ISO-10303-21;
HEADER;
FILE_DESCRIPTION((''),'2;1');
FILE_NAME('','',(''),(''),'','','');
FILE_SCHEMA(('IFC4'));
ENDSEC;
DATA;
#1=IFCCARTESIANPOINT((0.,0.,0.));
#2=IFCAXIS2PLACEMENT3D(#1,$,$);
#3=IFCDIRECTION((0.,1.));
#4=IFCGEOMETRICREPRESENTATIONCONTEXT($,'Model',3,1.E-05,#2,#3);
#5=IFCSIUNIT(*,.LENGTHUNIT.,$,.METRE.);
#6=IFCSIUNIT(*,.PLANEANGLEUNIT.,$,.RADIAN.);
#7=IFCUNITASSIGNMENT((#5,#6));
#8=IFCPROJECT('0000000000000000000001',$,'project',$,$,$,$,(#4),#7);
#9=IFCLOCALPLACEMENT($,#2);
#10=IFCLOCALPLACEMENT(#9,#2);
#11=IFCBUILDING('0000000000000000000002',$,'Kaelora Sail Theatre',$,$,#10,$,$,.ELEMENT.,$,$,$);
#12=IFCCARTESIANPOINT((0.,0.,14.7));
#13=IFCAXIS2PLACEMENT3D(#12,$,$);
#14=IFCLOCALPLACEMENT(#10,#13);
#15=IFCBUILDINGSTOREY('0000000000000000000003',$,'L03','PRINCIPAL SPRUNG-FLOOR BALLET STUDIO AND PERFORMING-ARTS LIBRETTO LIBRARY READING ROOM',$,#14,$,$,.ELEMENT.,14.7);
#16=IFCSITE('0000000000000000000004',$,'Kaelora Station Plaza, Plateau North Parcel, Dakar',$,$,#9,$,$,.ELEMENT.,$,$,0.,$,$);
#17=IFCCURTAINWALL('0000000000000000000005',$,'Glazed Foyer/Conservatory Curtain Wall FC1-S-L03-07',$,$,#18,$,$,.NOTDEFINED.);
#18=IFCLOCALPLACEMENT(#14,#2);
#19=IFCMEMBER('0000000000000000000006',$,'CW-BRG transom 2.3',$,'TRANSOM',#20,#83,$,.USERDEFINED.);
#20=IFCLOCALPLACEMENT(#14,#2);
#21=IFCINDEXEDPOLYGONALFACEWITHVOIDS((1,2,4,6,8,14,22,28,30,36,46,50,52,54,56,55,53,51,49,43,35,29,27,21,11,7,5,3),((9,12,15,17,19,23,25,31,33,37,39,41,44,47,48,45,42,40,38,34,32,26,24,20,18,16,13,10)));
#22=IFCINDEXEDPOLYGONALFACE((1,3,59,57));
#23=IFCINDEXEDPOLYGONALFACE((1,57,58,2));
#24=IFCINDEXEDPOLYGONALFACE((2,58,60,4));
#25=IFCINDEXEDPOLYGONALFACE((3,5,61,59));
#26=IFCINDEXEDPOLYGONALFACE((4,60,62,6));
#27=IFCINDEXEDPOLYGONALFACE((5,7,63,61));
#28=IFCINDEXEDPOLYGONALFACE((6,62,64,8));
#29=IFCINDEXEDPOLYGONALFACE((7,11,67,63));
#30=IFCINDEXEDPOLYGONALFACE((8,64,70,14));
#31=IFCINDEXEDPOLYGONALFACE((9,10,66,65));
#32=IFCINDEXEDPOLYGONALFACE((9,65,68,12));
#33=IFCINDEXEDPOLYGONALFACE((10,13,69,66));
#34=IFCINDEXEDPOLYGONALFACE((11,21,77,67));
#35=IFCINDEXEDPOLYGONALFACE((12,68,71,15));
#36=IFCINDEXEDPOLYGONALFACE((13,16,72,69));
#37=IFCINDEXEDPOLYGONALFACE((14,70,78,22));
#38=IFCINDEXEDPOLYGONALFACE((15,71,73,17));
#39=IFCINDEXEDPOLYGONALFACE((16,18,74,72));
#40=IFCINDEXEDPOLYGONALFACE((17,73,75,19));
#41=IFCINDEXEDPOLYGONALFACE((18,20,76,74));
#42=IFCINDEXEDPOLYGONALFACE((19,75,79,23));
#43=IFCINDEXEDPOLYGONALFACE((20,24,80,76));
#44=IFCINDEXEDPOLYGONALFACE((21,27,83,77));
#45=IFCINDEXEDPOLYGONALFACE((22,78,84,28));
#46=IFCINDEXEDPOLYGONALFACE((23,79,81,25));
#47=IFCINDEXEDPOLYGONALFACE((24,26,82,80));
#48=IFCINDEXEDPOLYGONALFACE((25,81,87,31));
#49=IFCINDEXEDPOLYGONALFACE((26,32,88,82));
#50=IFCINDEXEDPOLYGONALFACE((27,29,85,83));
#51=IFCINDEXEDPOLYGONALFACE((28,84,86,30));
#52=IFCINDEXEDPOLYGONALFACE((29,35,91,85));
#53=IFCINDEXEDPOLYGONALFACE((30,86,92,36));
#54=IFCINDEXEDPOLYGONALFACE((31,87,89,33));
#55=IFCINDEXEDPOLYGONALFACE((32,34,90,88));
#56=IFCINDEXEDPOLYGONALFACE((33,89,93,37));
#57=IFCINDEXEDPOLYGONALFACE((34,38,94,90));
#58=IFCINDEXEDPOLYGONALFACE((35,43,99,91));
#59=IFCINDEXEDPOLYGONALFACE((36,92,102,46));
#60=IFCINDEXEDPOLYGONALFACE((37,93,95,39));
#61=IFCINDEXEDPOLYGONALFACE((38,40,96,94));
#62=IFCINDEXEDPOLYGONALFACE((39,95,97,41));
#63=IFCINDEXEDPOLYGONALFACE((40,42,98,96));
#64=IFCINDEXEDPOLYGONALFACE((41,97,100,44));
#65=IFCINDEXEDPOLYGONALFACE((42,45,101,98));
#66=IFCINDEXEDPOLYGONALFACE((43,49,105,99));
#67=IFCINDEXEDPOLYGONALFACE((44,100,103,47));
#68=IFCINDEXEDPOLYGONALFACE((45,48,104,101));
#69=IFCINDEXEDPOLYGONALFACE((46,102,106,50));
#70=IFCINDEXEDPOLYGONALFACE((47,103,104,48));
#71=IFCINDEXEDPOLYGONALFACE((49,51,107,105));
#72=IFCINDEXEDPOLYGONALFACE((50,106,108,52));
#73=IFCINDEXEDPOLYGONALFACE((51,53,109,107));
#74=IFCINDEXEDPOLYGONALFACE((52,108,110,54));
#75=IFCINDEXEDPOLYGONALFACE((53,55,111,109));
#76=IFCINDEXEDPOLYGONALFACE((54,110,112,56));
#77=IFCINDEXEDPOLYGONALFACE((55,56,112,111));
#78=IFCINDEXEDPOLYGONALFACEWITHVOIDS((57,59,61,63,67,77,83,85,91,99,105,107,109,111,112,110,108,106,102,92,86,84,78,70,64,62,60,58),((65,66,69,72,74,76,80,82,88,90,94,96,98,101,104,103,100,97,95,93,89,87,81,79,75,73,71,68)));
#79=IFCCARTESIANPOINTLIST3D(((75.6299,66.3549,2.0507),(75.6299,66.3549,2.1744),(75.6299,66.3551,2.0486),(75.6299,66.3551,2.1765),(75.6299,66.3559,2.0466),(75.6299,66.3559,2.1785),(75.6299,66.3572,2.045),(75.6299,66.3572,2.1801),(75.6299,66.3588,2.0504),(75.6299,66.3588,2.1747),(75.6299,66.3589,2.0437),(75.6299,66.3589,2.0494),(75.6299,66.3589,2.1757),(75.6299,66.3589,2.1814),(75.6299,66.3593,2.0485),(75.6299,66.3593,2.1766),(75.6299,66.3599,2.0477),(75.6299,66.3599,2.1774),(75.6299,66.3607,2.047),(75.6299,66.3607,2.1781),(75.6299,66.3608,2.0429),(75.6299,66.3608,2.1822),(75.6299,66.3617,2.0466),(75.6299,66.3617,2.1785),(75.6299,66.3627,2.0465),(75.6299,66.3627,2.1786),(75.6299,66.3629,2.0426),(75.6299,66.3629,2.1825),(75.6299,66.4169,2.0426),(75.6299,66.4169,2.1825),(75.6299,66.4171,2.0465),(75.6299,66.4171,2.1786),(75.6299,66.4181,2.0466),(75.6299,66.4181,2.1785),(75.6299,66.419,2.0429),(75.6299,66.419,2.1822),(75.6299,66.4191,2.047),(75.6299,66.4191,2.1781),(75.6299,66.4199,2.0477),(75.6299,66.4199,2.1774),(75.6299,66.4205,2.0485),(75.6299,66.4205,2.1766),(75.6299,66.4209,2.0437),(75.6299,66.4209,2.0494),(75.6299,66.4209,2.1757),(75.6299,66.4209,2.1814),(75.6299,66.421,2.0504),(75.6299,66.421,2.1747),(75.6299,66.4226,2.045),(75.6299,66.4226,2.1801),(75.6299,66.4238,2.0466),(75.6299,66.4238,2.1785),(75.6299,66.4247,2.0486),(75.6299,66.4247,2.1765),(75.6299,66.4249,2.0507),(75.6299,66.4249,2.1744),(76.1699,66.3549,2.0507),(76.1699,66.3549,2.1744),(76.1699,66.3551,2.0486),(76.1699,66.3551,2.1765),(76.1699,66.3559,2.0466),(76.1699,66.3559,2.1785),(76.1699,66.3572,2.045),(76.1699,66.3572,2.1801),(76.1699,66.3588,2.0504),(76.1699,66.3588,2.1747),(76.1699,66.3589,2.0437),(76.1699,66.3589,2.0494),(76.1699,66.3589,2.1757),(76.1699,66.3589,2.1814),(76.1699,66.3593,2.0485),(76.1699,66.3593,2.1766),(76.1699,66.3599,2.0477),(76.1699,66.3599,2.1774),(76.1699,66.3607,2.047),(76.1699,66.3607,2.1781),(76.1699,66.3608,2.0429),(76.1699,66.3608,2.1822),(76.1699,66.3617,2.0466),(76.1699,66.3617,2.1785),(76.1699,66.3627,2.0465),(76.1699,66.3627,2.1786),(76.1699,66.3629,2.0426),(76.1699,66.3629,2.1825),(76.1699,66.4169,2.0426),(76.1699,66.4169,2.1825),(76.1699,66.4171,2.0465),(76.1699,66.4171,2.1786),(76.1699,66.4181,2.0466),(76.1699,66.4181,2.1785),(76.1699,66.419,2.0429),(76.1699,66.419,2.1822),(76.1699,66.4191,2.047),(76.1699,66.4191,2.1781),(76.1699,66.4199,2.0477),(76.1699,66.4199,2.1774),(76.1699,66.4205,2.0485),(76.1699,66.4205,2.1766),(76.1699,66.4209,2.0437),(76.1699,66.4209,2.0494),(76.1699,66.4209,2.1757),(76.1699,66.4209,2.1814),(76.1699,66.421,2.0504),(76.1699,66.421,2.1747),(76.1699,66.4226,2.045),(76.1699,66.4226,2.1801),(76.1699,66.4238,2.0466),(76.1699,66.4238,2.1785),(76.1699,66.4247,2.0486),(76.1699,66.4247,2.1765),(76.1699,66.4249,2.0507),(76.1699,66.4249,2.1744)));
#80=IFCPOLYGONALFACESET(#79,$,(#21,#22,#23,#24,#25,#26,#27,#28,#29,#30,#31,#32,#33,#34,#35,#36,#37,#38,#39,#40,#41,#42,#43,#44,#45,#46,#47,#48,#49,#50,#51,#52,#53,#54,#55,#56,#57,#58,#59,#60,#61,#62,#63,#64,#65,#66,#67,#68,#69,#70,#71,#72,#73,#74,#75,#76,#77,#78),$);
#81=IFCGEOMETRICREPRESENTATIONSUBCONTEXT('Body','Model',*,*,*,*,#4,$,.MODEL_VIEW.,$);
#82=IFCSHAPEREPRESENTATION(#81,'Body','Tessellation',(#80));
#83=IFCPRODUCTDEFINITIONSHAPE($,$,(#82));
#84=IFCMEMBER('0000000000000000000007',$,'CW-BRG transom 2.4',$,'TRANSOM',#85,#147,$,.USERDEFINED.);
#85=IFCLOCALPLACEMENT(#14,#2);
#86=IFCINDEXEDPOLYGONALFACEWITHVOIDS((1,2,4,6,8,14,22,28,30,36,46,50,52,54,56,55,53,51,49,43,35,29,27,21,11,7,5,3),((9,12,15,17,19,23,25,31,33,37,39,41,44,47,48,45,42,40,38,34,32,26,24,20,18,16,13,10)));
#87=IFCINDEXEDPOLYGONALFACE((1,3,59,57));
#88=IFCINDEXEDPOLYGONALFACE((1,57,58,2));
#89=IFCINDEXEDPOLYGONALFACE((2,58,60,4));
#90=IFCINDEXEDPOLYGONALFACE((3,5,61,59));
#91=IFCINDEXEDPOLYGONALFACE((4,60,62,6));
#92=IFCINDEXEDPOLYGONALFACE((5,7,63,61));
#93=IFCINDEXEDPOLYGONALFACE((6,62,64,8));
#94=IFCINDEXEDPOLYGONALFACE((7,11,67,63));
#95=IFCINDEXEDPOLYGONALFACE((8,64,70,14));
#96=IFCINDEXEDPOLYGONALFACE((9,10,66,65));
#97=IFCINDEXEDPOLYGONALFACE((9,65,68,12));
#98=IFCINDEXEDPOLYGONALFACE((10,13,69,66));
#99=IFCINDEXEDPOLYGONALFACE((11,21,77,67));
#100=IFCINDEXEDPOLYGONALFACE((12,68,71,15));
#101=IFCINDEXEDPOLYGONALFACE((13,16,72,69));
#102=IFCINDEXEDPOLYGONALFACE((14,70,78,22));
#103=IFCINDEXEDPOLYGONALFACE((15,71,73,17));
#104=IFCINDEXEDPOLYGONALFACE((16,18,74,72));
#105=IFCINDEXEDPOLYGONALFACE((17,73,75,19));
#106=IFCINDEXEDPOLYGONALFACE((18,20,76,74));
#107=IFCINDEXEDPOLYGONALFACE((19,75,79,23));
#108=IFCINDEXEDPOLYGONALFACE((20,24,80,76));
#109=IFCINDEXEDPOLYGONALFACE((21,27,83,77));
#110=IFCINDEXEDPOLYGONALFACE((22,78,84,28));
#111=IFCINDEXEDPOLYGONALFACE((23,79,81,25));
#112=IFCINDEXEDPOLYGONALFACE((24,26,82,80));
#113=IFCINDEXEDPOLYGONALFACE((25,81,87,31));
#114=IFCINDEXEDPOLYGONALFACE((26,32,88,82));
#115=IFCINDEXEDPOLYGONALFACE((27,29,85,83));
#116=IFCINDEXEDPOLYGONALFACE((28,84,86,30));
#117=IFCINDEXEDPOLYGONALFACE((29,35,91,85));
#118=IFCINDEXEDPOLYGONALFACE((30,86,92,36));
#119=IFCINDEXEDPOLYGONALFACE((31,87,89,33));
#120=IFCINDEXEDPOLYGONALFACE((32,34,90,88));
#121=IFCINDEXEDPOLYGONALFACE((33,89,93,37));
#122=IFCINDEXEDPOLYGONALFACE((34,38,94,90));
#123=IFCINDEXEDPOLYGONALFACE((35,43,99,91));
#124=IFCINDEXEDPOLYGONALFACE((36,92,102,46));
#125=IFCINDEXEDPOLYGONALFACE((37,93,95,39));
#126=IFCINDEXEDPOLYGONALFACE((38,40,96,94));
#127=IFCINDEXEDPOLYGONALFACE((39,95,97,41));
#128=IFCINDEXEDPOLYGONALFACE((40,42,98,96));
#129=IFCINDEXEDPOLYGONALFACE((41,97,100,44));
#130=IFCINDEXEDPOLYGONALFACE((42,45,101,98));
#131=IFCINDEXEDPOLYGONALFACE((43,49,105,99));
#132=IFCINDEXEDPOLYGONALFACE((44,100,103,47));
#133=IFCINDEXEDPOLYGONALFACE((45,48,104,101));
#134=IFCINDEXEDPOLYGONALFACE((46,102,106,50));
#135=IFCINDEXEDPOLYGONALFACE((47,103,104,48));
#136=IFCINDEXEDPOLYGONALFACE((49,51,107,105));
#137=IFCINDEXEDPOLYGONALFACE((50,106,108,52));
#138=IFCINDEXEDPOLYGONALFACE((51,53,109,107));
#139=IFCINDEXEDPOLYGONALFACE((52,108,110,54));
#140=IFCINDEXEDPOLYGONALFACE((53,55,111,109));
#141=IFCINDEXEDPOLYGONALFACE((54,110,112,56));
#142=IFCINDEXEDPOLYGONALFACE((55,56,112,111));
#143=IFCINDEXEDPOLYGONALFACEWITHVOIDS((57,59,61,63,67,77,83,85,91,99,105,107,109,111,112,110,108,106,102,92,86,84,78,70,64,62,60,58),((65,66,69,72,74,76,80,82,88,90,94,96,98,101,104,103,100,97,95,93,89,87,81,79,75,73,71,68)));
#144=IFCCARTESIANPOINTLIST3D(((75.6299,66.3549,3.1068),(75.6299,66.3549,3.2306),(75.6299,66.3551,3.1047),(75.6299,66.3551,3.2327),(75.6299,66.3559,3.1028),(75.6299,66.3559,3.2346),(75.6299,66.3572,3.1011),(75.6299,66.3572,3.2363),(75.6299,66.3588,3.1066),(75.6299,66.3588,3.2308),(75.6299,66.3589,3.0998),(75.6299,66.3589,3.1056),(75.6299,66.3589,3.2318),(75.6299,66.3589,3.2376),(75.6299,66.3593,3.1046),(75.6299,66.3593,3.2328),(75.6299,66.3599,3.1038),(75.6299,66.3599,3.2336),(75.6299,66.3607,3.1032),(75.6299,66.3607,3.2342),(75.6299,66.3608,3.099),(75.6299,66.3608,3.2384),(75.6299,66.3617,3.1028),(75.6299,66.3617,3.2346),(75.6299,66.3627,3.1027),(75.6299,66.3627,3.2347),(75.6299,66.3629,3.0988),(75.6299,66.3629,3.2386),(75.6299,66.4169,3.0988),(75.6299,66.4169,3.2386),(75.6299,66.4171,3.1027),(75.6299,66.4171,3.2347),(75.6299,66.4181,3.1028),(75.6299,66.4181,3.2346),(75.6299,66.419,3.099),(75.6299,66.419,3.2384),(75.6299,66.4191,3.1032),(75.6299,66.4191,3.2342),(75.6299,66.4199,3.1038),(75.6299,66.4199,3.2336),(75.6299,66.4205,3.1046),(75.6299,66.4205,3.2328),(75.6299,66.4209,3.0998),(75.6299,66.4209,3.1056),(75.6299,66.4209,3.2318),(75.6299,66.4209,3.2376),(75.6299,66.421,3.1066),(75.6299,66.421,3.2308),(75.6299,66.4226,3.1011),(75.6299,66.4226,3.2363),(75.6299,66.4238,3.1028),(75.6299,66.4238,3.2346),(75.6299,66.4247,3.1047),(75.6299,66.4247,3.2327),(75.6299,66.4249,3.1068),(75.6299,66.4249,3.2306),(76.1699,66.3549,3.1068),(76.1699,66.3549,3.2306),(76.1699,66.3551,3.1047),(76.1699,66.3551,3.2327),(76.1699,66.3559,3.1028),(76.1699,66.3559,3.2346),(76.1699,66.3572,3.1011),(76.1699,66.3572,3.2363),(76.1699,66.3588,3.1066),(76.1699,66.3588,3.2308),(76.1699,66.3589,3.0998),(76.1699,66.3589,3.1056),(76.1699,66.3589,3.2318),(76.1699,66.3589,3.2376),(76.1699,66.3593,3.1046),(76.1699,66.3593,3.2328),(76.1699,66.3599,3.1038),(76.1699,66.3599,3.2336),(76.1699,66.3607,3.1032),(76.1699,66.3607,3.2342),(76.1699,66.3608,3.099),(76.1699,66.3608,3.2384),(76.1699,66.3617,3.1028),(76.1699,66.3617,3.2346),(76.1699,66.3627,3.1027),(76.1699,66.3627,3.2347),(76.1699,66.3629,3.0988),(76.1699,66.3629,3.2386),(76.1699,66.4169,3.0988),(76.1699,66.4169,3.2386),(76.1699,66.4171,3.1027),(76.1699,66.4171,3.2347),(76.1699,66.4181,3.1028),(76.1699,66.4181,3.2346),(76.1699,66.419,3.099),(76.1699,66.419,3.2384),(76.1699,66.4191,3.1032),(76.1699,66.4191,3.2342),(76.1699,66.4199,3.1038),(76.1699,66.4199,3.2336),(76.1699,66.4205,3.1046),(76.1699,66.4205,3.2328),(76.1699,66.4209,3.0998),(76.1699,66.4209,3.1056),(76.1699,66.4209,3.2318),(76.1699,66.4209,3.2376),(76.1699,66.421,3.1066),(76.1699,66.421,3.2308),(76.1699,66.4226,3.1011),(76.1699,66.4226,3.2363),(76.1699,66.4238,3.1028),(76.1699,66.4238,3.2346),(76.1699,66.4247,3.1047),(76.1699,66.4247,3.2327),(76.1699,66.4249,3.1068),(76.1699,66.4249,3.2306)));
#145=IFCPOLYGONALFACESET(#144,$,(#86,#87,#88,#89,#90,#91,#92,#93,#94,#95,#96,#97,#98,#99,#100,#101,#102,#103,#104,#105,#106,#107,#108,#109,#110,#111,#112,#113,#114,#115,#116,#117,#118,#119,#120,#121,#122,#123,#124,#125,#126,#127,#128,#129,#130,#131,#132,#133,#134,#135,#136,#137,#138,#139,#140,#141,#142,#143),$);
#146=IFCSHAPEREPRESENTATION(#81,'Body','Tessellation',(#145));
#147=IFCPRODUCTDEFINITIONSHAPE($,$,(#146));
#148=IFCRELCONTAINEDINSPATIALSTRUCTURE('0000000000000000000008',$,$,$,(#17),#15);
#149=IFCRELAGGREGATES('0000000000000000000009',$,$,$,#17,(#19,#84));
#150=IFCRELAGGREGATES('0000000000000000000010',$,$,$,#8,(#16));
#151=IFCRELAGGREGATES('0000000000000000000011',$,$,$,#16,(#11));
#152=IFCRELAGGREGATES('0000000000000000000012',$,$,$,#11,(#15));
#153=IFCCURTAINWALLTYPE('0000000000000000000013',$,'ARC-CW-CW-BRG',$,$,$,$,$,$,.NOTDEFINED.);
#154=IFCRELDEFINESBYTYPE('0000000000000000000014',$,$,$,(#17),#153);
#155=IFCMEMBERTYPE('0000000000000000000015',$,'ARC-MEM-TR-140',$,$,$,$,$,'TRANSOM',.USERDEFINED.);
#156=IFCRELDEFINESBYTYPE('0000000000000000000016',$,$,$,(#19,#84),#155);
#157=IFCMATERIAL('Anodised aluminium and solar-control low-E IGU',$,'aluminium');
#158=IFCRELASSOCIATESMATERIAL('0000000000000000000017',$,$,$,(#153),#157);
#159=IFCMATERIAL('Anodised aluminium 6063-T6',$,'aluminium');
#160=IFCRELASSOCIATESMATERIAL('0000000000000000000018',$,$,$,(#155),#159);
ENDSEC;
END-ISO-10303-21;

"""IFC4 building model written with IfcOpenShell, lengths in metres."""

from ifc_helpers import new_model, si_unit, direction, frame, origin, origin_2d, place, context, subcontext, project, spatial, hollow_rectangle, extrude, material, material_profile, profile_set, type_object, element, aggregate, save


model = new_model("IFC4")

# Units and contexts
model_context = context("Model", 3, precision=1e-05, world=origin(), true_north=direction((0.0, 1.0)))
body_context = subcontext(model_context, "Body", "Model", "MODEL_VIEW")
ifc_project = project(units=[si_unit("LENGTHUNIT", "METRE"), si_unit("PLANEANGLEUNIT", "RADIAN")], contexts=[model_context])

# Site, building, storey
site_placement = place(None, origin())
site = spatial("IfcSite", under=ifc_project, at=site_placement, Name="Kaelora Station Plaza, Plateau North Parcel, Dakar", CompositionType="ELEMENT", RefElevation=0.0)
building_placement = place(site_placement, origin())
building = spatial("IfcBuilding", under=site, at=building_placement, Name="Kaelora Sail Theatre", CompositionType="ELEMENT")
storey_placement = place(building_placement, frame((0.0, 0.0, 14.7)))
storey = spatial("IfcBuildingStorey", under=building, at=storey_placement, Name="L03", Description="PRINCIPAL SPRUNG-FLOOR BALLET STUDIO AND PERFORMING-ARTS LIBRETTO LIBRARY READING ROOM", CompositionType="ELEMENT", Elevation=14.7)

# Curtain wall, members
ifc_material_1 = material(Name="Anodised aluminium and solar-control low-E IGU", Category="aluminium")
curtain_wall_type = type_object("IfcCurtainWallType", Name="ARC-CW-CW-BRG", PredefinedType="NOTDEFINED", material=ifc_material_1)
curtain_wall_1_placement = place(storey_placement, origin())
curtain_wall_1 = element("IfcCurtainWall", 1, at=curtain_wall_1_placement, inside=storey, type_object=curtain_wall_type, Name="Glazed Foyer/Conservatory Curtain Wall FC1-S-L03-07", PredefinedType="NOTDEFINED")
ifc_material_2 = material(Name="Anodised aluminium 6063-T6", Category="aluminium")
ifc_material_profile = material_profile(ifc_material_2, hollow_rectangle(XDim=0.0701, YDim=0.1399, WallThickness=0.0039, InnerFilletRadius=0.0039, OuterFilletRadius=0.0081, at=origin_2d()), Name="ALU-TRAN 70x140x4")
ifc_profile_set = profile_set([ifc_material_profile], Name="Anodised aluminium 6063-T6")
member_type = type_object("IfcMemberType", Name="ARC-MEM-TR-140", ElementType="TRANSOM", PredefinedType="USERDEFINED", material=ifc_profile_set)
member_1_placement = place(storey_placement, frame((75.6299, 66.3899, 2.1125), z_axis=(1.0, 0.0, 0.0), x_axis=(0.0, 1.0, 0.0)))
member_1 = element("IfcMember", 2, at=member_1_placement, type_object=member_type, Name="CW-BRG transom 2.3", ObjectType="TRANSOM", PredefinedType="USERDEFINED", context=body_context, shape_type="SweptSolid", body=[
    extrude(hollow_rectangle(XDim=0.0701, YDim=0.1399, WallThickness=0.0039, InnerFilletRadius=0.0039, OuterFilletRadius=0.0081, at=origin_2d()), origin(), (0.0, 0.0, 1.0), 0.54),
])
member_2_placement = place(storey_placement, frame((75.6299, 66.3899, 3.1687), z_axis=(1.0, 0.0, 0.0), x_axis=(0.0, 1.0, 0.0)))
member_2 = element("IfcMember", 3, at=member_2_placement, type_object=member_type, Name="CW-BRG transom 2.4", ObjectType="TRANSOM", PredefinedType="USERDEFINED", context=body_context, shape_type="SweptSolid", body=[
    extrude(hollow_rectangle(XDim=0.0701, YDim=0.1399, WallThickness=0.0039, InnerFilletRadius=0.0039, OuterFilletRadius=0.0081, at=origin_2d()), origin(), (0.0, 0.0, 1.0), 0.54),
])

aggregate(curtain_wall_1, [member_1, member_2])

save(model, "model.ifc")
